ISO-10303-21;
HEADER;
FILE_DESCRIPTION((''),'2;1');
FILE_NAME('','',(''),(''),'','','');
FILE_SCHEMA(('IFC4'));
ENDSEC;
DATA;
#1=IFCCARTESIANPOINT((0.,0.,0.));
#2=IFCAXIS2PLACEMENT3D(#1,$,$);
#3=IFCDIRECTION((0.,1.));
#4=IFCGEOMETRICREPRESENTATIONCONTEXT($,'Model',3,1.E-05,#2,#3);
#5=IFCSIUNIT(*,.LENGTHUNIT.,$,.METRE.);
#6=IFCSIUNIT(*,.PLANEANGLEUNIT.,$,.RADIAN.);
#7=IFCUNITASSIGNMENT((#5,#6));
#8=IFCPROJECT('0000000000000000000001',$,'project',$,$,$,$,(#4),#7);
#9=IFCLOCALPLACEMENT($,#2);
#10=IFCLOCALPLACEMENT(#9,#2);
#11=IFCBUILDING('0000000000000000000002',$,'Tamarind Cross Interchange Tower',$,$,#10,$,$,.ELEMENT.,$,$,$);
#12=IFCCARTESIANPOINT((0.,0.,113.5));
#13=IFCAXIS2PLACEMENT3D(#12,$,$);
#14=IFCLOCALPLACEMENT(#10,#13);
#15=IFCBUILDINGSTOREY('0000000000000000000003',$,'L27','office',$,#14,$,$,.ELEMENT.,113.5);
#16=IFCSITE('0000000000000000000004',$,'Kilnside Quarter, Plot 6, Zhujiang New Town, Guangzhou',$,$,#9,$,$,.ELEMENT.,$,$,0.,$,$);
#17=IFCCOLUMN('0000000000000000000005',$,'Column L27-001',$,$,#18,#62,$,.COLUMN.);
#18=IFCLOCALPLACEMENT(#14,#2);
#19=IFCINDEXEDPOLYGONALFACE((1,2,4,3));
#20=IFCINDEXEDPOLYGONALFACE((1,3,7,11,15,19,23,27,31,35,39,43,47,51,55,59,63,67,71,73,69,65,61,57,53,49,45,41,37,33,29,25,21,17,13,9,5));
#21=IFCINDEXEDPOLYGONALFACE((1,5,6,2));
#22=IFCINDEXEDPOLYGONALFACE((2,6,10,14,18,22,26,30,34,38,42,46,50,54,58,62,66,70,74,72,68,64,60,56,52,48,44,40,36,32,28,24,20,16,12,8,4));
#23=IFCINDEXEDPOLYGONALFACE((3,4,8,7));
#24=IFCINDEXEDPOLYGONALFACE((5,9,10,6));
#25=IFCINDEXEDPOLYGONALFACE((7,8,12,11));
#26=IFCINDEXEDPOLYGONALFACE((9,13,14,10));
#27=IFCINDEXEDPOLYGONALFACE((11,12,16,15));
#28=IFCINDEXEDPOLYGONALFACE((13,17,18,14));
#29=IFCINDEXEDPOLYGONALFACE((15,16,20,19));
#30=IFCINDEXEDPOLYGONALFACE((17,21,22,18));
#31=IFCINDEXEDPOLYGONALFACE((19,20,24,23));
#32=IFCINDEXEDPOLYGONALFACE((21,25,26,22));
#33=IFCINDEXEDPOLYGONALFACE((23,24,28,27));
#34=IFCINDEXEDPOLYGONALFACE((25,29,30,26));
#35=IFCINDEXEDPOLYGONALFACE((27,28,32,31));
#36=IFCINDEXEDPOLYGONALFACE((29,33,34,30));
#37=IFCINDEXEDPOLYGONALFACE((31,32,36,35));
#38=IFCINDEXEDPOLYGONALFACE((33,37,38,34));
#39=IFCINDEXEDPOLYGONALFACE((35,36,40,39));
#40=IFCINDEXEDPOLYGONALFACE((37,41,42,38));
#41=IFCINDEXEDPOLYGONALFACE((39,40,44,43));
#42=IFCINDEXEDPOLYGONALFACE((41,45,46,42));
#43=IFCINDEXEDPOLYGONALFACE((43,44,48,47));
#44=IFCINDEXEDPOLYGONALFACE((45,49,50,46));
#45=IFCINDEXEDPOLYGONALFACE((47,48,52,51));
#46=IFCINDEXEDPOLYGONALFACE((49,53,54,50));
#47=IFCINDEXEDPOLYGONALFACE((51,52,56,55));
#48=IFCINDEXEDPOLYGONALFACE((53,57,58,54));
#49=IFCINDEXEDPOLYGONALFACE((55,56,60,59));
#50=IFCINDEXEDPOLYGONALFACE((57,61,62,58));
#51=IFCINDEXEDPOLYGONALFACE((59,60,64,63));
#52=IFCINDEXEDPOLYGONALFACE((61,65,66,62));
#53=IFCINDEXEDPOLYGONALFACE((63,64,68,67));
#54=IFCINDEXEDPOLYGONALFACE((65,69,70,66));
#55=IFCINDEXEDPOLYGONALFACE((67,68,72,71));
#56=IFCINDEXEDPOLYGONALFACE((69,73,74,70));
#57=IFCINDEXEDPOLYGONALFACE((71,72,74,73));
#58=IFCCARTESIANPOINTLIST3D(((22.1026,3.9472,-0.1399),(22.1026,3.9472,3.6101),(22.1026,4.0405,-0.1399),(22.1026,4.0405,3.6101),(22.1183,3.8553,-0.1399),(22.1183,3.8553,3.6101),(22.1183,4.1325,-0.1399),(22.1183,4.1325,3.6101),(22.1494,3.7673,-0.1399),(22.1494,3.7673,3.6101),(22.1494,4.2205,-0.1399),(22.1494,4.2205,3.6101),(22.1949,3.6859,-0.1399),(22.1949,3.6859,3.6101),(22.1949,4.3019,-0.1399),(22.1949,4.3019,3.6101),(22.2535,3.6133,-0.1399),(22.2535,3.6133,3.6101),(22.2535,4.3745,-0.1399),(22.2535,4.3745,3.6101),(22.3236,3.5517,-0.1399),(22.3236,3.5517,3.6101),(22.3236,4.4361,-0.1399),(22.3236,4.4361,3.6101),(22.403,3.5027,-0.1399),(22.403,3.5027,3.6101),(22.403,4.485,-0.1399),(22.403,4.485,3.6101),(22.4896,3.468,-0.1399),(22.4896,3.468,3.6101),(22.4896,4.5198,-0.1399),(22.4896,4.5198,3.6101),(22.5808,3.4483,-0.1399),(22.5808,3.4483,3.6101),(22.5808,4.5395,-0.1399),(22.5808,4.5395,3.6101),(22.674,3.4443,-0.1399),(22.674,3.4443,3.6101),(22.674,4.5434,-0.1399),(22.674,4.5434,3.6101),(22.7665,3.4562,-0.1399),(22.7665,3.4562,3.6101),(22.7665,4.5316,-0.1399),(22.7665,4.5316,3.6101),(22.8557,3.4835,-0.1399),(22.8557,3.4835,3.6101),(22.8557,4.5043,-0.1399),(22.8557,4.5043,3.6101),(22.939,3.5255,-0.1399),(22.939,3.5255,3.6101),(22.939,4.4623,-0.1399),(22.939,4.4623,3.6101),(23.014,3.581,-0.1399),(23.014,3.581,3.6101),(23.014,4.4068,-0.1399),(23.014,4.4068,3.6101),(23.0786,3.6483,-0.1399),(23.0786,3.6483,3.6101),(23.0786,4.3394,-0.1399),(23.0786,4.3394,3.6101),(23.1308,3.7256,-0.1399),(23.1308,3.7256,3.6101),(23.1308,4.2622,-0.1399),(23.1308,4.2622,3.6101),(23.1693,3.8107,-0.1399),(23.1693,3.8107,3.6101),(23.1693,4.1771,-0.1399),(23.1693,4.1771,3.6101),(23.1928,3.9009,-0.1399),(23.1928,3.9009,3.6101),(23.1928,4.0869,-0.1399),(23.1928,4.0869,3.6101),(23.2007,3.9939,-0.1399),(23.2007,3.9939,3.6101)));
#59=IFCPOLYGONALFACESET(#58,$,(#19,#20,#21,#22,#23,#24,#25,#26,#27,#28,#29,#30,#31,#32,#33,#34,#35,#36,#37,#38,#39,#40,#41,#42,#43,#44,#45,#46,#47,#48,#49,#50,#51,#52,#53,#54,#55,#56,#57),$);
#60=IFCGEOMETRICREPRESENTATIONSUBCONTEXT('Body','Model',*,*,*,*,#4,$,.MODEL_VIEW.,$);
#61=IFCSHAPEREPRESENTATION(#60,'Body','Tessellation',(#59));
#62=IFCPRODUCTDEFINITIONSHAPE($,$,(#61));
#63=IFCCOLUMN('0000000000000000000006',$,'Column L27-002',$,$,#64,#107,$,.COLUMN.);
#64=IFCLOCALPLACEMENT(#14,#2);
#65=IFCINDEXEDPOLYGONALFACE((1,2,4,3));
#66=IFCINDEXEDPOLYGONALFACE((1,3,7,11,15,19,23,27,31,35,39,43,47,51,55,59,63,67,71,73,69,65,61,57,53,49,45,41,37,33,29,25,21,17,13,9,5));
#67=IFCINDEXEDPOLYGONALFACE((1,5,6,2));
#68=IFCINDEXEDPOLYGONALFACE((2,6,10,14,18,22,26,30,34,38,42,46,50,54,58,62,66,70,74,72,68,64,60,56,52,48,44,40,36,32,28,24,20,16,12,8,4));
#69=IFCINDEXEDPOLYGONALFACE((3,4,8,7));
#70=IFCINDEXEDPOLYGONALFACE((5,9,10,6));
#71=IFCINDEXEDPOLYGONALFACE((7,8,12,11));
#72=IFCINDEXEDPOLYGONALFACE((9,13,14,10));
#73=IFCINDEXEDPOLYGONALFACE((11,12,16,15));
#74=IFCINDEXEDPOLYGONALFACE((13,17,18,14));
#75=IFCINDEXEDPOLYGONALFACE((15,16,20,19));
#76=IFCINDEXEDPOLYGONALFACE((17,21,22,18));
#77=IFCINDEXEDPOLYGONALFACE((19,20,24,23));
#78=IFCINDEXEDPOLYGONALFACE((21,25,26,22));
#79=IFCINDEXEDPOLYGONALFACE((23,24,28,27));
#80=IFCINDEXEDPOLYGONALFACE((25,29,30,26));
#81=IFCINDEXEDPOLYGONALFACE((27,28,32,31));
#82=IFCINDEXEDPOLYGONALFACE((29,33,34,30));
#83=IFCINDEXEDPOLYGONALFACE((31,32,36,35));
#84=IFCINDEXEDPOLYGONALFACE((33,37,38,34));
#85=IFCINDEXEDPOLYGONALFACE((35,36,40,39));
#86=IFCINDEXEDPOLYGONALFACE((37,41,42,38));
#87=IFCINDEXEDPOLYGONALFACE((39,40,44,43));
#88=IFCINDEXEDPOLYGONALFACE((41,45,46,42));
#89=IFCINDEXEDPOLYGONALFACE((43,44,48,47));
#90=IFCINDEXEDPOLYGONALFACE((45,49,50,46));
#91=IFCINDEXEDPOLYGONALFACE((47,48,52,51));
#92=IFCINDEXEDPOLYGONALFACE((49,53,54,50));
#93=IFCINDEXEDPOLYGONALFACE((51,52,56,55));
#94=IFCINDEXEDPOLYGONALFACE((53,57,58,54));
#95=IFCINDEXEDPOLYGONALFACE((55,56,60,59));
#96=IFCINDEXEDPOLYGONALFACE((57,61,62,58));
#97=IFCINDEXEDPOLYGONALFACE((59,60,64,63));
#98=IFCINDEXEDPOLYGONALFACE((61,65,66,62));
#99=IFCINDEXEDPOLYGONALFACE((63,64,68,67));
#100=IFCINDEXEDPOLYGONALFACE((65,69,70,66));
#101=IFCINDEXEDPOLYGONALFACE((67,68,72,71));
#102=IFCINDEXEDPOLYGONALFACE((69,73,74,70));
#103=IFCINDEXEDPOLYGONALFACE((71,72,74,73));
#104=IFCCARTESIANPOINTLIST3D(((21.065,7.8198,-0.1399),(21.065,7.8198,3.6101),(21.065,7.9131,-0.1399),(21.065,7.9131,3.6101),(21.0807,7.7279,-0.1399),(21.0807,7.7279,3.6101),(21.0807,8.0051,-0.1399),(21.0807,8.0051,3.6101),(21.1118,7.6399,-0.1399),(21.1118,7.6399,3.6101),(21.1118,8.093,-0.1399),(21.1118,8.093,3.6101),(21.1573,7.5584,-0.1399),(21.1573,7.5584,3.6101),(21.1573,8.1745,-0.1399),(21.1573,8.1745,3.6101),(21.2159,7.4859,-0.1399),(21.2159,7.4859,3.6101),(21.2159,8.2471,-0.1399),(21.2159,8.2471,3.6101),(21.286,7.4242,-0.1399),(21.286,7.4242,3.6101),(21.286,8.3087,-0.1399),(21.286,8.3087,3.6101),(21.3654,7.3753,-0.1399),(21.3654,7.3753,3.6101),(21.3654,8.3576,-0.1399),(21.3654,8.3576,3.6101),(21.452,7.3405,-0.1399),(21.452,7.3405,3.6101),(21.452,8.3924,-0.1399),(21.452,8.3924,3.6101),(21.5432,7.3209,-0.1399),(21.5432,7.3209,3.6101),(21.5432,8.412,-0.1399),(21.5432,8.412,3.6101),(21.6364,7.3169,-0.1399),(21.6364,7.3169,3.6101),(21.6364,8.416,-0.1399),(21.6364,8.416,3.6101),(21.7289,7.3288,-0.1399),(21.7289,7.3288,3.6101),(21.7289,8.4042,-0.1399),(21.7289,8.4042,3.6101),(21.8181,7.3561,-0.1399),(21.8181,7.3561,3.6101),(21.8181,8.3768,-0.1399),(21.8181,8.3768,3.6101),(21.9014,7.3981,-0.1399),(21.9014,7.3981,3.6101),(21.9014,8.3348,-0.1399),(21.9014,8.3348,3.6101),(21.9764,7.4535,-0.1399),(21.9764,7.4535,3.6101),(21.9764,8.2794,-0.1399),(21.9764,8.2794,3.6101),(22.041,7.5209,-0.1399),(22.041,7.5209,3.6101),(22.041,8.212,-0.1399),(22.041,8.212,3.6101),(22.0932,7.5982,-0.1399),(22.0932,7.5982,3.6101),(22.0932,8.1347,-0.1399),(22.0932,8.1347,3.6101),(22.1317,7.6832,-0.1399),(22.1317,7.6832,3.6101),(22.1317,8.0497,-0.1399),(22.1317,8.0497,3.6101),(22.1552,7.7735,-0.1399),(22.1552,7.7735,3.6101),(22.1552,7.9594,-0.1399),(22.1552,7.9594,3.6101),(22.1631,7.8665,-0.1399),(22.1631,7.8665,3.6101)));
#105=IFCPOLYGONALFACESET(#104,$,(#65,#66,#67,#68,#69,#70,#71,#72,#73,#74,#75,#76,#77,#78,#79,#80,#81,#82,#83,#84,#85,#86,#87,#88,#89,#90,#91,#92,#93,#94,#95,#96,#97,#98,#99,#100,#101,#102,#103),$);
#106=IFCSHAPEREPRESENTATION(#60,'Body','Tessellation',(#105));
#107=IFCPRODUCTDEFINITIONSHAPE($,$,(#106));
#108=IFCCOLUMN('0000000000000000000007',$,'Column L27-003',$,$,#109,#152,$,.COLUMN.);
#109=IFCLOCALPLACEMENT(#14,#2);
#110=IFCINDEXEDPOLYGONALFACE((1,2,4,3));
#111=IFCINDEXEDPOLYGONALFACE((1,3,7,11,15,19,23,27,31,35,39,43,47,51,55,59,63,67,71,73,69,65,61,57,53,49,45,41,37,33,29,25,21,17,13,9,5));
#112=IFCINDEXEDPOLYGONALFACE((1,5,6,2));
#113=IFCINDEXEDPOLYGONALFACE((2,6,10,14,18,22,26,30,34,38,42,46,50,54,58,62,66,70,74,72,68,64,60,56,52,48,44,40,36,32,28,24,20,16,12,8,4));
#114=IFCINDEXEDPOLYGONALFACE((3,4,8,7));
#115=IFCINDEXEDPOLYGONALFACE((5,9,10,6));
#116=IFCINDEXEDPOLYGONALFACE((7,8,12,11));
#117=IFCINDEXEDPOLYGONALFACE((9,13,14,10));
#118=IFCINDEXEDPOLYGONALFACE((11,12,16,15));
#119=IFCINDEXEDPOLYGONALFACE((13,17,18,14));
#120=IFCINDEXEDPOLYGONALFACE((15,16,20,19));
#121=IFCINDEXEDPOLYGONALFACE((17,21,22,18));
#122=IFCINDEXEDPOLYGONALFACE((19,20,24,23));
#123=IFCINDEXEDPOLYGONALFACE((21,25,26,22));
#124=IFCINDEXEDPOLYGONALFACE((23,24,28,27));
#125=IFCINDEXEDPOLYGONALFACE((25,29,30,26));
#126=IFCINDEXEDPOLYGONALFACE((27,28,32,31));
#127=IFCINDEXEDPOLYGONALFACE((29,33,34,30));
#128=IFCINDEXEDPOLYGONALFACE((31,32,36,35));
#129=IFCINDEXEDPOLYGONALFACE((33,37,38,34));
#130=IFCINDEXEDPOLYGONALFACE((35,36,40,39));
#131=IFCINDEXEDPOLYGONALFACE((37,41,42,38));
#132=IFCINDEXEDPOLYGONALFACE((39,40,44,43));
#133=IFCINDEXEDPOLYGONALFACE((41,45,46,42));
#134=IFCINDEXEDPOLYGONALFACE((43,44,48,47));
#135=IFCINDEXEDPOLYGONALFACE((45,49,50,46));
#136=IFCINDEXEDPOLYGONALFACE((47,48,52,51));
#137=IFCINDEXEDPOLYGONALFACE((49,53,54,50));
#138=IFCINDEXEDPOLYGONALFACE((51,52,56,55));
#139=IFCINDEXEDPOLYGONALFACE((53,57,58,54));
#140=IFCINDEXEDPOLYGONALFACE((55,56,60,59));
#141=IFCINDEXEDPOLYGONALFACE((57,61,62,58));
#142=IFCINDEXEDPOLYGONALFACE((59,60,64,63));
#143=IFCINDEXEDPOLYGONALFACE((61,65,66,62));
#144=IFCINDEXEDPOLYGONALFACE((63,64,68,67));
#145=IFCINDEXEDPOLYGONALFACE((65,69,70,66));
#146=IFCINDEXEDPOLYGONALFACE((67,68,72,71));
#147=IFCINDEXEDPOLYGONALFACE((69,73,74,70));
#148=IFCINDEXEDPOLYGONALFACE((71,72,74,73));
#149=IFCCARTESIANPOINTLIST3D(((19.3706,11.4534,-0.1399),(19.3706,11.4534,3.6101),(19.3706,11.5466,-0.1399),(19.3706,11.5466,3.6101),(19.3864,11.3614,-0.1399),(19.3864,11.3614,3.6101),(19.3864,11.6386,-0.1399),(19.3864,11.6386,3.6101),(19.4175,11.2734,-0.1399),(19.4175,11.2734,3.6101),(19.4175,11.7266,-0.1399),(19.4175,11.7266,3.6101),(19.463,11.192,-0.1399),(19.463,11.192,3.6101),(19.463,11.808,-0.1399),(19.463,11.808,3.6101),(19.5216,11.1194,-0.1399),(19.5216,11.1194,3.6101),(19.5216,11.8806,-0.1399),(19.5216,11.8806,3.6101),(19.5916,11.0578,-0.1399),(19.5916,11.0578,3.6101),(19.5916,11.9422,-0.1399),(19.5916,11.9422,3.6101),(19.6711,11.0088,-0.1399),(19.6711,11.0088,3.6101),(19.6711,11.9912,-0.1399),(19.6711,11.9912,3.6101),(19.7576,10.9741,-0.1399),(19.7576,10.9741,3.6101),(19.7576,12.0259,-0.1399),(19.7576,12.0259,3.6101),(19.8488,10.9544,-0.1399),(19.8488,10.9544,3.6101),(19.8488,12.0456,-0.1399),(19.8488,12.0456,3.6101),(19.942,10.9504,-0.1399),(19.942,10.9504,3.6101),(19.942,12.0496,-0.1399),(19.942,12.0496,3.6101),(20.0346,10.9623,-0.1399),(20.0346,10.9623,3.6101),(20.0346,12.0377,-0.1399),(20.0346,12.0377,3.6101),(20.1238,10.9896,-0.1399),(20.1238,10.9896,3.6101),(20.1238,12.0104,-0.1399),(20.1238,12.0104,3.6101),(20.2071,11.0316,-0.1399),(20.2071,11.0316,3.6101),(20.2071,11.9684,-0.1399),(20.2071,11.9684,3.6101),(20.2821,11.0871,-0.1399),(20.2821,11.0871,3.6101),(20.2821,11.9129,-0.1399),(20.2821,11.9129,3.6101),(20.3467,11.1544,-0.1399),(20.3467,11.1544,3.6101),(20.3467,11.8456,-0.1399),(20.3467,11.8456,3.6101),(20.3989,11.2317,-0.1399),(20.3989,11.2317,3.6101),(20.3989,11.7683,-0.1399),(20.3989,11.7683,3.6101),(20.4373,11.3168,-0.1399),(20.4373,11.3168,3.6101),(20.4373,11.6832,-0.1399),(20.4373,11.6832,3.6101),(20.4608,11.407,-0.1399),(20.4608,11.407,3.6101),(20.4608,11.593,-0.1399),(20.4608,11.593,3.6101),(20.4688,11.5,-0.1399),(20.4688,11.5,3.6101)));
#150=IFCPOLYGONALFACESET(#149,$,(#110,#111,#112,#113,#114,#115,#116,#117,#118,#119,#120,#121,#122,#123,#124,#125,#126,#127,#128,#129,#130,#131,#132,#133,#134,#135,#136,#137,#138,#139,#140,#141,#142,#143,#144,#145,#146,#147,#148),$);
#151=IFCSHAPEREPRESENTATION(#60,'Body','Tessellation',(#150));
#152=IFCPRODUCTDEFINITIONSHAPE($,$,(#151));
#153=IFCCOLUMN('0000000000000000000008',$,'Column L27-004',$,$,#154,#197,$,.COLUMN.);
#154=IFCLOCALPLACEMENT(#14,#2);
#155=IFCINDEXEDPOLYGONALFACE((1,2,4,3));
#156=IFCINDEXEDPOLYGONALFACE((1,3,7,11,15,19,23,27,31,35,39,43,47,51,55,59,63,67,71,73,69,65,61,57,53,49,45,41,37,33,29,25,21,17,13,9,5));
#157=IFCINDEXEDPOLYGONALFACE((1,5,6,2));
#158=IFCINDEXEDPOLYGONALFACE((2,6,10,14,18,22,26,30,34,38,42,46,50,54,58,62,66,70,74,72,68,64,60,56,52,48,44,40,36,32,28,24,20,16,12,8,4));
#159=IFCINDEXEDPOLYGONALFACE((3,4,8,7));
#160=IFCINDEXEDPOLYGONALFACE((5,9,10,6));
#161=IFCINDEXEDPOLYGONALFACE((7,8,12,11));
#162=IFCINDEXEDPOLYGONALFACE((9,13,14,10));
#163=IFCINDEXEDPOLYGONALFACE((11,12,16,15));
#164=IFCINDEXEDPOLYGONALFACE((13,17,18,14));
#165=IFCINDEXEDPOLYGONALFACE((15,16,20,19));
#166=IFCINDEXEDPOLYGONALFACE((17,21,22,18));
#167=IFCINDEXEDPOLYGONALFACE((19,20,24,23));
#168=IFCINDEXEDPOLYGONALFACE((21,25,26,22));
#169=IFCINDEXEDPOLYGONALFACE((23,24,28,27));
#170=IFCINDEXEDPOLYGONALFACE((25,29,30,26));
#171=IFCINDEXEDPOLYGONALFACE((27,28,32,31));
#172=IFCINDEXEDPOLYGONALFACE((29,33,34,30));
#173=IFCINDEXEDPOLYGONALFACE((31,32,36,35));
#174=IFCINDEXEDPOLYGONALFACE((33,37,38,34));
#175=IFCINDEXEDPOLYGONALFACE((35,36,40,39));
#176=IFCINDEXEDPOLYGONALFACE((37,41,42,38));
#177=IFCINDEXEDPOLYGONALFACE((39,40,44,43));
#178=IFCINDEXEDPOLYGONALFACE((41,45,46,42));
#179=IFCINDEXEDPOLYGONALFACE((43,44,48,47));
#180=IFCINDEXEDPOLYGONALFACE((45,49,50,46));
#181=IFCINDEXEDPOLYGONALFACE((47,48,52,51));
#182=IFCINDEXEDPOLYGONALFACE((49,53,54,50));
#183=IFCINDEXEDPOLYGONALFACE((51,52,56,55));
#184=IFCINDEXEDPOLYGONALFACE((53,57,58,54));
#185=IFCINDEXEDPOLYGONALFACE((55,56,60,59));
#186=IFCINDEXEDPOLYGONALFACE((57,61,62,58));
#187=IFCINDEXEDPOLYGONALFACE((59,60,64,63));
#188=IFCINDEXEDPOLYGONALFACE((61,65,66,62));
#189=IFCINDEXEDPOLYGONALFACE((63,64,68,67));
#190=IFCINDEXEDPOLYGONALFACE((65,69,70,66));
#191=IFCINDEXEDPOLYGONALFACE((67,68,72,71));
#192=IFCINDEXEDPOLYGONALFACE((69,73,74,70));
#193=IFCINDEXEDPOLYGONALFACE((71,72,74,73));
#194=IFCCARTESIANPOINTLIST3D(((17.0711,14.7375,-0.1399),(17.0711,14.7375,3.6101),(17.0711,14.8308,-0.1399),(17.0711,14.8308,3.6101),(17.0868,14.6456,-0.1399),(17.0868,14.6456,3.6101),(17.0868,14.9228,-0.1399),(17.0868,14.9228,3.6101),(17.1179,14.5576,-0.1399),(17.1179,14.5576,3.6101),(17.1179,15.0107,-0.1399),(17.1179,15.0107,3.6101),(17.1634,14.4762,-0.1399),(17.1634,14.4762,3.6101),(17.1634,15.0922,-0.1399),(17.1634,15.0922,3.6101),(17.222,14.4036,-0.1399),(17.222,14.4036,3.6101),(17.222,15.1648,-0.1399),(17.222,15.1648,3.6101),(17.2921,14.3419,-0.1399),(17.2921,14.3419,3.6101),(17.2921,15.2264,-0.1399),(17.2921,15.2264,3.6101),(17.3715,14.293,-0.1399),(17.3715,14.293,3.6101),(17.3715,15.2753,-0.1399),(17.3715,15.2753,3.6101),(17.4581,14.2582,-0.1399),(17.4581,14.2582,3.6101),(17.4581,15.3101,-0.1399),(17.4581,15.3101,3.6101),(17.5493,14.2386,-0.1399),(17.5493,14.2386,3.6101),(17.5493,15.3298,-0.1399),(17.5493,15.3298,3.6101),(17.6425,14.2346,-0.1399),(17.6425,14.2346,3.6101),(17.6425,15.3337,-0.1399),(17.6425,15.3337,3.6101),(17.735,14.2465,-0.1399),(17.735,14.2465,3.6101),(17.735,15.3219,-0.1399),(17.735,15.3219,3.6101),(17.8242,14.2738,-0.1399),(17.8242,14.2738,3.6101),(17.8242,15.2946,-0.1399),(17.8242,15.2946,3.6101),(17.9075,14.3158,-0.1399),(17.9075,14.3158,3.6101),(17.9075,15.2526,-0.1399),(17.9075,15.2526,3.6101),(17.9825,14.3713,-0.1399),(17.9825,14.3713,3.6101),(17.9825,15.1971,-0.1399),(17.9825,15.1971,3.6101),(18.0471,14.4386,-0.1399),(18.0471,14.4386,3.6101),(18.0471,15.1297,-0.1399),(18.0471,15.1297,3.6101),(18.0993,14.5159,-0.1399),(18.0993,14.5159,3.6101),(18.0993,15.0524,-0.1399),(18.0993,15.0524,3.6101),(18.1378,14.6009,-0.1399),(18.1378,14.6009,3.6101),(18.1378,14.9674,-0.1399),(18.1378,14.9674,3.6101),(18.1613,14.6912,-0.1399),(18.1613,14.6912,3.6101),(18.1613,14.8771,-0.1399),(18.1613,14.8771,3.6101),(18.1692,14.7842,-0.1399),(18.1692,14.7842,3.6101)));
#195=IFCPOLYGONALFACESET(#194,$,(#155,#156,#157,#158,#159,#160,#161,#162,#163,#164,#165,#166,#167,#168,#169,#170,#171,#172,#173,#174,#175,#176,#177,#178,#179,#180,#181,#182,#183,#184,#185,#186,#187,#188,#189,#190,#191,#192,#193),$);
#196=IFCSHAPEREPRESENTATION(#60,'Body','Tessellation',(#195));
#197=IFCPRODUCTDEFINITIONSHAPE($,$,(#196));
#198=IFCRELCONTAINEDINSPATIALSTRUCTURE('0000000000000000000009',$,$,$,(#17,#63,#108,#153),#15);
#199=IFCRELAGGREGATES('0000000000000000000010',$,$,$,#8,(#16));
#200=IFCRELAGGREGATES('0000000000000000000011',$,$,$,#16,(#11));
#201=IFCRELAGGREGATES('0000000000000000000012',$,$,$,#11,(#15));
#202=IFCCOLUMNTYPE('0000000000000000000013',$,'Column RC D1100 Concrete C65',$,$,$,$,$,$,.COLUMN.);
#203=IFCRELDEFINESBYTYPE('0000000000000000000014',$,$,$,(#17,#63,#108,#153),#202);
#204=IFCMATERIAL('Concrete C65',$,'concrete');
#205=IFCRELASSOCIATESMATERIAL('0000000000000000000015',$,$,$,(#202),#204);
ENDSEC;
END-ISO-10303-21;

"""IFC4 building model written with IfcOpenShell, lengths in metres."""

from ifc_helpers import new_model, si_unit, direction, frame, origin, origin_2d, place, context, subcontext, project, spatial, circle, extrude, material, material_profile, profile_set, type_object, element, save


model = new_model("IFC4")

# Units and contexts
model_context = context("Model", 3, precision=1e-05, world=origin(), true_north=direction((0.0, 1.0)))
body_context = subcontext(model_context, "Body", "Model", "MODEL_VIEW")
ifc_project = project(units=[si_unit("LENGTHUNIT", "METRE"), si_unit("PLANEANGLEUNIT", "RADIAN")], contexts=[model_context])

# Site, building, storey
site_placement = place(None, origin())
site = spatial("IfcSite", under=ifc_project, at=site_placement, Name="Kilnside Quarter, Plot 6, Zhujiang New Town, Guangzhou", CompositionType="ELEMENT", RefElevation=0.0)
building_placement = place(site_placement, origin())
building = spatial("IfcBuilding", under=site, at=building_placement, Name="Tamarind Cross Interchange Tower", CompositionType="ELEMENT")
storey_placement = place(building_placement, frame((0.0, 0.0, 113.5)))
storey = spatial("IfcBuildingStorey", under=building, at=storey_placement, Name="L27", Description="office", CompositionType="ELEMENT", Elevation=113.5)

# Columns
ifc_material_1 = material(Name="Concrete C65", Category="concrete")
ifc_material_profile_1 = material_profile(ifc_material_1, circle(Radius=0.55, at=origin_2d()), Name="RC D1100")
ifc_profile_set_1 = profile_set([ifc_material_profile_1], Name="Concrete C65")
column_type = type_object("IfcColumnType", Name="Column RC D1100 Concrete C65", PredefinedType="COLUMN", material=ifc_profile_set_1)
for number, where, z_axis, x_axis, name in (
    (1, (22.6506, 3.9939, -0.1399), (0.0, 0.0, 1.0), (1.0, 0.0, 0.0), "Column L27-001"),
    (2, (21.613, 7.8665, -0.1399), (0.0, 0.0, 1.0), (1.0, 0.0, 0.0), "Column L27-002"),
    (3, (19.9187, 11.5, -0.1399), (0.0, 0.0, 1.0), (1.0, 0.0, 0.0), "Column L27-003"),
    (4, (17.6191, 14.7842, -0.1399), (0.0, 0.0, 1.0), (1.0, 0.0, 0.0), "Column L27-004"),
):
    element("IfcColumn", number, at=place(storey_placement, frame(where, z_axis=z_axis, x_axis=x_axis)), inside=storey, type_object=column_type, Name=name, PredefinedType="COLUMN", context=body_context, shape_type="SweptSolid", body=[
        extrude(circle(Radius=0.55, at=origin_2d()), origin(), (0.0, 0.0, 1.0), 3.75),
    ])

save(model, "model.ifc")
